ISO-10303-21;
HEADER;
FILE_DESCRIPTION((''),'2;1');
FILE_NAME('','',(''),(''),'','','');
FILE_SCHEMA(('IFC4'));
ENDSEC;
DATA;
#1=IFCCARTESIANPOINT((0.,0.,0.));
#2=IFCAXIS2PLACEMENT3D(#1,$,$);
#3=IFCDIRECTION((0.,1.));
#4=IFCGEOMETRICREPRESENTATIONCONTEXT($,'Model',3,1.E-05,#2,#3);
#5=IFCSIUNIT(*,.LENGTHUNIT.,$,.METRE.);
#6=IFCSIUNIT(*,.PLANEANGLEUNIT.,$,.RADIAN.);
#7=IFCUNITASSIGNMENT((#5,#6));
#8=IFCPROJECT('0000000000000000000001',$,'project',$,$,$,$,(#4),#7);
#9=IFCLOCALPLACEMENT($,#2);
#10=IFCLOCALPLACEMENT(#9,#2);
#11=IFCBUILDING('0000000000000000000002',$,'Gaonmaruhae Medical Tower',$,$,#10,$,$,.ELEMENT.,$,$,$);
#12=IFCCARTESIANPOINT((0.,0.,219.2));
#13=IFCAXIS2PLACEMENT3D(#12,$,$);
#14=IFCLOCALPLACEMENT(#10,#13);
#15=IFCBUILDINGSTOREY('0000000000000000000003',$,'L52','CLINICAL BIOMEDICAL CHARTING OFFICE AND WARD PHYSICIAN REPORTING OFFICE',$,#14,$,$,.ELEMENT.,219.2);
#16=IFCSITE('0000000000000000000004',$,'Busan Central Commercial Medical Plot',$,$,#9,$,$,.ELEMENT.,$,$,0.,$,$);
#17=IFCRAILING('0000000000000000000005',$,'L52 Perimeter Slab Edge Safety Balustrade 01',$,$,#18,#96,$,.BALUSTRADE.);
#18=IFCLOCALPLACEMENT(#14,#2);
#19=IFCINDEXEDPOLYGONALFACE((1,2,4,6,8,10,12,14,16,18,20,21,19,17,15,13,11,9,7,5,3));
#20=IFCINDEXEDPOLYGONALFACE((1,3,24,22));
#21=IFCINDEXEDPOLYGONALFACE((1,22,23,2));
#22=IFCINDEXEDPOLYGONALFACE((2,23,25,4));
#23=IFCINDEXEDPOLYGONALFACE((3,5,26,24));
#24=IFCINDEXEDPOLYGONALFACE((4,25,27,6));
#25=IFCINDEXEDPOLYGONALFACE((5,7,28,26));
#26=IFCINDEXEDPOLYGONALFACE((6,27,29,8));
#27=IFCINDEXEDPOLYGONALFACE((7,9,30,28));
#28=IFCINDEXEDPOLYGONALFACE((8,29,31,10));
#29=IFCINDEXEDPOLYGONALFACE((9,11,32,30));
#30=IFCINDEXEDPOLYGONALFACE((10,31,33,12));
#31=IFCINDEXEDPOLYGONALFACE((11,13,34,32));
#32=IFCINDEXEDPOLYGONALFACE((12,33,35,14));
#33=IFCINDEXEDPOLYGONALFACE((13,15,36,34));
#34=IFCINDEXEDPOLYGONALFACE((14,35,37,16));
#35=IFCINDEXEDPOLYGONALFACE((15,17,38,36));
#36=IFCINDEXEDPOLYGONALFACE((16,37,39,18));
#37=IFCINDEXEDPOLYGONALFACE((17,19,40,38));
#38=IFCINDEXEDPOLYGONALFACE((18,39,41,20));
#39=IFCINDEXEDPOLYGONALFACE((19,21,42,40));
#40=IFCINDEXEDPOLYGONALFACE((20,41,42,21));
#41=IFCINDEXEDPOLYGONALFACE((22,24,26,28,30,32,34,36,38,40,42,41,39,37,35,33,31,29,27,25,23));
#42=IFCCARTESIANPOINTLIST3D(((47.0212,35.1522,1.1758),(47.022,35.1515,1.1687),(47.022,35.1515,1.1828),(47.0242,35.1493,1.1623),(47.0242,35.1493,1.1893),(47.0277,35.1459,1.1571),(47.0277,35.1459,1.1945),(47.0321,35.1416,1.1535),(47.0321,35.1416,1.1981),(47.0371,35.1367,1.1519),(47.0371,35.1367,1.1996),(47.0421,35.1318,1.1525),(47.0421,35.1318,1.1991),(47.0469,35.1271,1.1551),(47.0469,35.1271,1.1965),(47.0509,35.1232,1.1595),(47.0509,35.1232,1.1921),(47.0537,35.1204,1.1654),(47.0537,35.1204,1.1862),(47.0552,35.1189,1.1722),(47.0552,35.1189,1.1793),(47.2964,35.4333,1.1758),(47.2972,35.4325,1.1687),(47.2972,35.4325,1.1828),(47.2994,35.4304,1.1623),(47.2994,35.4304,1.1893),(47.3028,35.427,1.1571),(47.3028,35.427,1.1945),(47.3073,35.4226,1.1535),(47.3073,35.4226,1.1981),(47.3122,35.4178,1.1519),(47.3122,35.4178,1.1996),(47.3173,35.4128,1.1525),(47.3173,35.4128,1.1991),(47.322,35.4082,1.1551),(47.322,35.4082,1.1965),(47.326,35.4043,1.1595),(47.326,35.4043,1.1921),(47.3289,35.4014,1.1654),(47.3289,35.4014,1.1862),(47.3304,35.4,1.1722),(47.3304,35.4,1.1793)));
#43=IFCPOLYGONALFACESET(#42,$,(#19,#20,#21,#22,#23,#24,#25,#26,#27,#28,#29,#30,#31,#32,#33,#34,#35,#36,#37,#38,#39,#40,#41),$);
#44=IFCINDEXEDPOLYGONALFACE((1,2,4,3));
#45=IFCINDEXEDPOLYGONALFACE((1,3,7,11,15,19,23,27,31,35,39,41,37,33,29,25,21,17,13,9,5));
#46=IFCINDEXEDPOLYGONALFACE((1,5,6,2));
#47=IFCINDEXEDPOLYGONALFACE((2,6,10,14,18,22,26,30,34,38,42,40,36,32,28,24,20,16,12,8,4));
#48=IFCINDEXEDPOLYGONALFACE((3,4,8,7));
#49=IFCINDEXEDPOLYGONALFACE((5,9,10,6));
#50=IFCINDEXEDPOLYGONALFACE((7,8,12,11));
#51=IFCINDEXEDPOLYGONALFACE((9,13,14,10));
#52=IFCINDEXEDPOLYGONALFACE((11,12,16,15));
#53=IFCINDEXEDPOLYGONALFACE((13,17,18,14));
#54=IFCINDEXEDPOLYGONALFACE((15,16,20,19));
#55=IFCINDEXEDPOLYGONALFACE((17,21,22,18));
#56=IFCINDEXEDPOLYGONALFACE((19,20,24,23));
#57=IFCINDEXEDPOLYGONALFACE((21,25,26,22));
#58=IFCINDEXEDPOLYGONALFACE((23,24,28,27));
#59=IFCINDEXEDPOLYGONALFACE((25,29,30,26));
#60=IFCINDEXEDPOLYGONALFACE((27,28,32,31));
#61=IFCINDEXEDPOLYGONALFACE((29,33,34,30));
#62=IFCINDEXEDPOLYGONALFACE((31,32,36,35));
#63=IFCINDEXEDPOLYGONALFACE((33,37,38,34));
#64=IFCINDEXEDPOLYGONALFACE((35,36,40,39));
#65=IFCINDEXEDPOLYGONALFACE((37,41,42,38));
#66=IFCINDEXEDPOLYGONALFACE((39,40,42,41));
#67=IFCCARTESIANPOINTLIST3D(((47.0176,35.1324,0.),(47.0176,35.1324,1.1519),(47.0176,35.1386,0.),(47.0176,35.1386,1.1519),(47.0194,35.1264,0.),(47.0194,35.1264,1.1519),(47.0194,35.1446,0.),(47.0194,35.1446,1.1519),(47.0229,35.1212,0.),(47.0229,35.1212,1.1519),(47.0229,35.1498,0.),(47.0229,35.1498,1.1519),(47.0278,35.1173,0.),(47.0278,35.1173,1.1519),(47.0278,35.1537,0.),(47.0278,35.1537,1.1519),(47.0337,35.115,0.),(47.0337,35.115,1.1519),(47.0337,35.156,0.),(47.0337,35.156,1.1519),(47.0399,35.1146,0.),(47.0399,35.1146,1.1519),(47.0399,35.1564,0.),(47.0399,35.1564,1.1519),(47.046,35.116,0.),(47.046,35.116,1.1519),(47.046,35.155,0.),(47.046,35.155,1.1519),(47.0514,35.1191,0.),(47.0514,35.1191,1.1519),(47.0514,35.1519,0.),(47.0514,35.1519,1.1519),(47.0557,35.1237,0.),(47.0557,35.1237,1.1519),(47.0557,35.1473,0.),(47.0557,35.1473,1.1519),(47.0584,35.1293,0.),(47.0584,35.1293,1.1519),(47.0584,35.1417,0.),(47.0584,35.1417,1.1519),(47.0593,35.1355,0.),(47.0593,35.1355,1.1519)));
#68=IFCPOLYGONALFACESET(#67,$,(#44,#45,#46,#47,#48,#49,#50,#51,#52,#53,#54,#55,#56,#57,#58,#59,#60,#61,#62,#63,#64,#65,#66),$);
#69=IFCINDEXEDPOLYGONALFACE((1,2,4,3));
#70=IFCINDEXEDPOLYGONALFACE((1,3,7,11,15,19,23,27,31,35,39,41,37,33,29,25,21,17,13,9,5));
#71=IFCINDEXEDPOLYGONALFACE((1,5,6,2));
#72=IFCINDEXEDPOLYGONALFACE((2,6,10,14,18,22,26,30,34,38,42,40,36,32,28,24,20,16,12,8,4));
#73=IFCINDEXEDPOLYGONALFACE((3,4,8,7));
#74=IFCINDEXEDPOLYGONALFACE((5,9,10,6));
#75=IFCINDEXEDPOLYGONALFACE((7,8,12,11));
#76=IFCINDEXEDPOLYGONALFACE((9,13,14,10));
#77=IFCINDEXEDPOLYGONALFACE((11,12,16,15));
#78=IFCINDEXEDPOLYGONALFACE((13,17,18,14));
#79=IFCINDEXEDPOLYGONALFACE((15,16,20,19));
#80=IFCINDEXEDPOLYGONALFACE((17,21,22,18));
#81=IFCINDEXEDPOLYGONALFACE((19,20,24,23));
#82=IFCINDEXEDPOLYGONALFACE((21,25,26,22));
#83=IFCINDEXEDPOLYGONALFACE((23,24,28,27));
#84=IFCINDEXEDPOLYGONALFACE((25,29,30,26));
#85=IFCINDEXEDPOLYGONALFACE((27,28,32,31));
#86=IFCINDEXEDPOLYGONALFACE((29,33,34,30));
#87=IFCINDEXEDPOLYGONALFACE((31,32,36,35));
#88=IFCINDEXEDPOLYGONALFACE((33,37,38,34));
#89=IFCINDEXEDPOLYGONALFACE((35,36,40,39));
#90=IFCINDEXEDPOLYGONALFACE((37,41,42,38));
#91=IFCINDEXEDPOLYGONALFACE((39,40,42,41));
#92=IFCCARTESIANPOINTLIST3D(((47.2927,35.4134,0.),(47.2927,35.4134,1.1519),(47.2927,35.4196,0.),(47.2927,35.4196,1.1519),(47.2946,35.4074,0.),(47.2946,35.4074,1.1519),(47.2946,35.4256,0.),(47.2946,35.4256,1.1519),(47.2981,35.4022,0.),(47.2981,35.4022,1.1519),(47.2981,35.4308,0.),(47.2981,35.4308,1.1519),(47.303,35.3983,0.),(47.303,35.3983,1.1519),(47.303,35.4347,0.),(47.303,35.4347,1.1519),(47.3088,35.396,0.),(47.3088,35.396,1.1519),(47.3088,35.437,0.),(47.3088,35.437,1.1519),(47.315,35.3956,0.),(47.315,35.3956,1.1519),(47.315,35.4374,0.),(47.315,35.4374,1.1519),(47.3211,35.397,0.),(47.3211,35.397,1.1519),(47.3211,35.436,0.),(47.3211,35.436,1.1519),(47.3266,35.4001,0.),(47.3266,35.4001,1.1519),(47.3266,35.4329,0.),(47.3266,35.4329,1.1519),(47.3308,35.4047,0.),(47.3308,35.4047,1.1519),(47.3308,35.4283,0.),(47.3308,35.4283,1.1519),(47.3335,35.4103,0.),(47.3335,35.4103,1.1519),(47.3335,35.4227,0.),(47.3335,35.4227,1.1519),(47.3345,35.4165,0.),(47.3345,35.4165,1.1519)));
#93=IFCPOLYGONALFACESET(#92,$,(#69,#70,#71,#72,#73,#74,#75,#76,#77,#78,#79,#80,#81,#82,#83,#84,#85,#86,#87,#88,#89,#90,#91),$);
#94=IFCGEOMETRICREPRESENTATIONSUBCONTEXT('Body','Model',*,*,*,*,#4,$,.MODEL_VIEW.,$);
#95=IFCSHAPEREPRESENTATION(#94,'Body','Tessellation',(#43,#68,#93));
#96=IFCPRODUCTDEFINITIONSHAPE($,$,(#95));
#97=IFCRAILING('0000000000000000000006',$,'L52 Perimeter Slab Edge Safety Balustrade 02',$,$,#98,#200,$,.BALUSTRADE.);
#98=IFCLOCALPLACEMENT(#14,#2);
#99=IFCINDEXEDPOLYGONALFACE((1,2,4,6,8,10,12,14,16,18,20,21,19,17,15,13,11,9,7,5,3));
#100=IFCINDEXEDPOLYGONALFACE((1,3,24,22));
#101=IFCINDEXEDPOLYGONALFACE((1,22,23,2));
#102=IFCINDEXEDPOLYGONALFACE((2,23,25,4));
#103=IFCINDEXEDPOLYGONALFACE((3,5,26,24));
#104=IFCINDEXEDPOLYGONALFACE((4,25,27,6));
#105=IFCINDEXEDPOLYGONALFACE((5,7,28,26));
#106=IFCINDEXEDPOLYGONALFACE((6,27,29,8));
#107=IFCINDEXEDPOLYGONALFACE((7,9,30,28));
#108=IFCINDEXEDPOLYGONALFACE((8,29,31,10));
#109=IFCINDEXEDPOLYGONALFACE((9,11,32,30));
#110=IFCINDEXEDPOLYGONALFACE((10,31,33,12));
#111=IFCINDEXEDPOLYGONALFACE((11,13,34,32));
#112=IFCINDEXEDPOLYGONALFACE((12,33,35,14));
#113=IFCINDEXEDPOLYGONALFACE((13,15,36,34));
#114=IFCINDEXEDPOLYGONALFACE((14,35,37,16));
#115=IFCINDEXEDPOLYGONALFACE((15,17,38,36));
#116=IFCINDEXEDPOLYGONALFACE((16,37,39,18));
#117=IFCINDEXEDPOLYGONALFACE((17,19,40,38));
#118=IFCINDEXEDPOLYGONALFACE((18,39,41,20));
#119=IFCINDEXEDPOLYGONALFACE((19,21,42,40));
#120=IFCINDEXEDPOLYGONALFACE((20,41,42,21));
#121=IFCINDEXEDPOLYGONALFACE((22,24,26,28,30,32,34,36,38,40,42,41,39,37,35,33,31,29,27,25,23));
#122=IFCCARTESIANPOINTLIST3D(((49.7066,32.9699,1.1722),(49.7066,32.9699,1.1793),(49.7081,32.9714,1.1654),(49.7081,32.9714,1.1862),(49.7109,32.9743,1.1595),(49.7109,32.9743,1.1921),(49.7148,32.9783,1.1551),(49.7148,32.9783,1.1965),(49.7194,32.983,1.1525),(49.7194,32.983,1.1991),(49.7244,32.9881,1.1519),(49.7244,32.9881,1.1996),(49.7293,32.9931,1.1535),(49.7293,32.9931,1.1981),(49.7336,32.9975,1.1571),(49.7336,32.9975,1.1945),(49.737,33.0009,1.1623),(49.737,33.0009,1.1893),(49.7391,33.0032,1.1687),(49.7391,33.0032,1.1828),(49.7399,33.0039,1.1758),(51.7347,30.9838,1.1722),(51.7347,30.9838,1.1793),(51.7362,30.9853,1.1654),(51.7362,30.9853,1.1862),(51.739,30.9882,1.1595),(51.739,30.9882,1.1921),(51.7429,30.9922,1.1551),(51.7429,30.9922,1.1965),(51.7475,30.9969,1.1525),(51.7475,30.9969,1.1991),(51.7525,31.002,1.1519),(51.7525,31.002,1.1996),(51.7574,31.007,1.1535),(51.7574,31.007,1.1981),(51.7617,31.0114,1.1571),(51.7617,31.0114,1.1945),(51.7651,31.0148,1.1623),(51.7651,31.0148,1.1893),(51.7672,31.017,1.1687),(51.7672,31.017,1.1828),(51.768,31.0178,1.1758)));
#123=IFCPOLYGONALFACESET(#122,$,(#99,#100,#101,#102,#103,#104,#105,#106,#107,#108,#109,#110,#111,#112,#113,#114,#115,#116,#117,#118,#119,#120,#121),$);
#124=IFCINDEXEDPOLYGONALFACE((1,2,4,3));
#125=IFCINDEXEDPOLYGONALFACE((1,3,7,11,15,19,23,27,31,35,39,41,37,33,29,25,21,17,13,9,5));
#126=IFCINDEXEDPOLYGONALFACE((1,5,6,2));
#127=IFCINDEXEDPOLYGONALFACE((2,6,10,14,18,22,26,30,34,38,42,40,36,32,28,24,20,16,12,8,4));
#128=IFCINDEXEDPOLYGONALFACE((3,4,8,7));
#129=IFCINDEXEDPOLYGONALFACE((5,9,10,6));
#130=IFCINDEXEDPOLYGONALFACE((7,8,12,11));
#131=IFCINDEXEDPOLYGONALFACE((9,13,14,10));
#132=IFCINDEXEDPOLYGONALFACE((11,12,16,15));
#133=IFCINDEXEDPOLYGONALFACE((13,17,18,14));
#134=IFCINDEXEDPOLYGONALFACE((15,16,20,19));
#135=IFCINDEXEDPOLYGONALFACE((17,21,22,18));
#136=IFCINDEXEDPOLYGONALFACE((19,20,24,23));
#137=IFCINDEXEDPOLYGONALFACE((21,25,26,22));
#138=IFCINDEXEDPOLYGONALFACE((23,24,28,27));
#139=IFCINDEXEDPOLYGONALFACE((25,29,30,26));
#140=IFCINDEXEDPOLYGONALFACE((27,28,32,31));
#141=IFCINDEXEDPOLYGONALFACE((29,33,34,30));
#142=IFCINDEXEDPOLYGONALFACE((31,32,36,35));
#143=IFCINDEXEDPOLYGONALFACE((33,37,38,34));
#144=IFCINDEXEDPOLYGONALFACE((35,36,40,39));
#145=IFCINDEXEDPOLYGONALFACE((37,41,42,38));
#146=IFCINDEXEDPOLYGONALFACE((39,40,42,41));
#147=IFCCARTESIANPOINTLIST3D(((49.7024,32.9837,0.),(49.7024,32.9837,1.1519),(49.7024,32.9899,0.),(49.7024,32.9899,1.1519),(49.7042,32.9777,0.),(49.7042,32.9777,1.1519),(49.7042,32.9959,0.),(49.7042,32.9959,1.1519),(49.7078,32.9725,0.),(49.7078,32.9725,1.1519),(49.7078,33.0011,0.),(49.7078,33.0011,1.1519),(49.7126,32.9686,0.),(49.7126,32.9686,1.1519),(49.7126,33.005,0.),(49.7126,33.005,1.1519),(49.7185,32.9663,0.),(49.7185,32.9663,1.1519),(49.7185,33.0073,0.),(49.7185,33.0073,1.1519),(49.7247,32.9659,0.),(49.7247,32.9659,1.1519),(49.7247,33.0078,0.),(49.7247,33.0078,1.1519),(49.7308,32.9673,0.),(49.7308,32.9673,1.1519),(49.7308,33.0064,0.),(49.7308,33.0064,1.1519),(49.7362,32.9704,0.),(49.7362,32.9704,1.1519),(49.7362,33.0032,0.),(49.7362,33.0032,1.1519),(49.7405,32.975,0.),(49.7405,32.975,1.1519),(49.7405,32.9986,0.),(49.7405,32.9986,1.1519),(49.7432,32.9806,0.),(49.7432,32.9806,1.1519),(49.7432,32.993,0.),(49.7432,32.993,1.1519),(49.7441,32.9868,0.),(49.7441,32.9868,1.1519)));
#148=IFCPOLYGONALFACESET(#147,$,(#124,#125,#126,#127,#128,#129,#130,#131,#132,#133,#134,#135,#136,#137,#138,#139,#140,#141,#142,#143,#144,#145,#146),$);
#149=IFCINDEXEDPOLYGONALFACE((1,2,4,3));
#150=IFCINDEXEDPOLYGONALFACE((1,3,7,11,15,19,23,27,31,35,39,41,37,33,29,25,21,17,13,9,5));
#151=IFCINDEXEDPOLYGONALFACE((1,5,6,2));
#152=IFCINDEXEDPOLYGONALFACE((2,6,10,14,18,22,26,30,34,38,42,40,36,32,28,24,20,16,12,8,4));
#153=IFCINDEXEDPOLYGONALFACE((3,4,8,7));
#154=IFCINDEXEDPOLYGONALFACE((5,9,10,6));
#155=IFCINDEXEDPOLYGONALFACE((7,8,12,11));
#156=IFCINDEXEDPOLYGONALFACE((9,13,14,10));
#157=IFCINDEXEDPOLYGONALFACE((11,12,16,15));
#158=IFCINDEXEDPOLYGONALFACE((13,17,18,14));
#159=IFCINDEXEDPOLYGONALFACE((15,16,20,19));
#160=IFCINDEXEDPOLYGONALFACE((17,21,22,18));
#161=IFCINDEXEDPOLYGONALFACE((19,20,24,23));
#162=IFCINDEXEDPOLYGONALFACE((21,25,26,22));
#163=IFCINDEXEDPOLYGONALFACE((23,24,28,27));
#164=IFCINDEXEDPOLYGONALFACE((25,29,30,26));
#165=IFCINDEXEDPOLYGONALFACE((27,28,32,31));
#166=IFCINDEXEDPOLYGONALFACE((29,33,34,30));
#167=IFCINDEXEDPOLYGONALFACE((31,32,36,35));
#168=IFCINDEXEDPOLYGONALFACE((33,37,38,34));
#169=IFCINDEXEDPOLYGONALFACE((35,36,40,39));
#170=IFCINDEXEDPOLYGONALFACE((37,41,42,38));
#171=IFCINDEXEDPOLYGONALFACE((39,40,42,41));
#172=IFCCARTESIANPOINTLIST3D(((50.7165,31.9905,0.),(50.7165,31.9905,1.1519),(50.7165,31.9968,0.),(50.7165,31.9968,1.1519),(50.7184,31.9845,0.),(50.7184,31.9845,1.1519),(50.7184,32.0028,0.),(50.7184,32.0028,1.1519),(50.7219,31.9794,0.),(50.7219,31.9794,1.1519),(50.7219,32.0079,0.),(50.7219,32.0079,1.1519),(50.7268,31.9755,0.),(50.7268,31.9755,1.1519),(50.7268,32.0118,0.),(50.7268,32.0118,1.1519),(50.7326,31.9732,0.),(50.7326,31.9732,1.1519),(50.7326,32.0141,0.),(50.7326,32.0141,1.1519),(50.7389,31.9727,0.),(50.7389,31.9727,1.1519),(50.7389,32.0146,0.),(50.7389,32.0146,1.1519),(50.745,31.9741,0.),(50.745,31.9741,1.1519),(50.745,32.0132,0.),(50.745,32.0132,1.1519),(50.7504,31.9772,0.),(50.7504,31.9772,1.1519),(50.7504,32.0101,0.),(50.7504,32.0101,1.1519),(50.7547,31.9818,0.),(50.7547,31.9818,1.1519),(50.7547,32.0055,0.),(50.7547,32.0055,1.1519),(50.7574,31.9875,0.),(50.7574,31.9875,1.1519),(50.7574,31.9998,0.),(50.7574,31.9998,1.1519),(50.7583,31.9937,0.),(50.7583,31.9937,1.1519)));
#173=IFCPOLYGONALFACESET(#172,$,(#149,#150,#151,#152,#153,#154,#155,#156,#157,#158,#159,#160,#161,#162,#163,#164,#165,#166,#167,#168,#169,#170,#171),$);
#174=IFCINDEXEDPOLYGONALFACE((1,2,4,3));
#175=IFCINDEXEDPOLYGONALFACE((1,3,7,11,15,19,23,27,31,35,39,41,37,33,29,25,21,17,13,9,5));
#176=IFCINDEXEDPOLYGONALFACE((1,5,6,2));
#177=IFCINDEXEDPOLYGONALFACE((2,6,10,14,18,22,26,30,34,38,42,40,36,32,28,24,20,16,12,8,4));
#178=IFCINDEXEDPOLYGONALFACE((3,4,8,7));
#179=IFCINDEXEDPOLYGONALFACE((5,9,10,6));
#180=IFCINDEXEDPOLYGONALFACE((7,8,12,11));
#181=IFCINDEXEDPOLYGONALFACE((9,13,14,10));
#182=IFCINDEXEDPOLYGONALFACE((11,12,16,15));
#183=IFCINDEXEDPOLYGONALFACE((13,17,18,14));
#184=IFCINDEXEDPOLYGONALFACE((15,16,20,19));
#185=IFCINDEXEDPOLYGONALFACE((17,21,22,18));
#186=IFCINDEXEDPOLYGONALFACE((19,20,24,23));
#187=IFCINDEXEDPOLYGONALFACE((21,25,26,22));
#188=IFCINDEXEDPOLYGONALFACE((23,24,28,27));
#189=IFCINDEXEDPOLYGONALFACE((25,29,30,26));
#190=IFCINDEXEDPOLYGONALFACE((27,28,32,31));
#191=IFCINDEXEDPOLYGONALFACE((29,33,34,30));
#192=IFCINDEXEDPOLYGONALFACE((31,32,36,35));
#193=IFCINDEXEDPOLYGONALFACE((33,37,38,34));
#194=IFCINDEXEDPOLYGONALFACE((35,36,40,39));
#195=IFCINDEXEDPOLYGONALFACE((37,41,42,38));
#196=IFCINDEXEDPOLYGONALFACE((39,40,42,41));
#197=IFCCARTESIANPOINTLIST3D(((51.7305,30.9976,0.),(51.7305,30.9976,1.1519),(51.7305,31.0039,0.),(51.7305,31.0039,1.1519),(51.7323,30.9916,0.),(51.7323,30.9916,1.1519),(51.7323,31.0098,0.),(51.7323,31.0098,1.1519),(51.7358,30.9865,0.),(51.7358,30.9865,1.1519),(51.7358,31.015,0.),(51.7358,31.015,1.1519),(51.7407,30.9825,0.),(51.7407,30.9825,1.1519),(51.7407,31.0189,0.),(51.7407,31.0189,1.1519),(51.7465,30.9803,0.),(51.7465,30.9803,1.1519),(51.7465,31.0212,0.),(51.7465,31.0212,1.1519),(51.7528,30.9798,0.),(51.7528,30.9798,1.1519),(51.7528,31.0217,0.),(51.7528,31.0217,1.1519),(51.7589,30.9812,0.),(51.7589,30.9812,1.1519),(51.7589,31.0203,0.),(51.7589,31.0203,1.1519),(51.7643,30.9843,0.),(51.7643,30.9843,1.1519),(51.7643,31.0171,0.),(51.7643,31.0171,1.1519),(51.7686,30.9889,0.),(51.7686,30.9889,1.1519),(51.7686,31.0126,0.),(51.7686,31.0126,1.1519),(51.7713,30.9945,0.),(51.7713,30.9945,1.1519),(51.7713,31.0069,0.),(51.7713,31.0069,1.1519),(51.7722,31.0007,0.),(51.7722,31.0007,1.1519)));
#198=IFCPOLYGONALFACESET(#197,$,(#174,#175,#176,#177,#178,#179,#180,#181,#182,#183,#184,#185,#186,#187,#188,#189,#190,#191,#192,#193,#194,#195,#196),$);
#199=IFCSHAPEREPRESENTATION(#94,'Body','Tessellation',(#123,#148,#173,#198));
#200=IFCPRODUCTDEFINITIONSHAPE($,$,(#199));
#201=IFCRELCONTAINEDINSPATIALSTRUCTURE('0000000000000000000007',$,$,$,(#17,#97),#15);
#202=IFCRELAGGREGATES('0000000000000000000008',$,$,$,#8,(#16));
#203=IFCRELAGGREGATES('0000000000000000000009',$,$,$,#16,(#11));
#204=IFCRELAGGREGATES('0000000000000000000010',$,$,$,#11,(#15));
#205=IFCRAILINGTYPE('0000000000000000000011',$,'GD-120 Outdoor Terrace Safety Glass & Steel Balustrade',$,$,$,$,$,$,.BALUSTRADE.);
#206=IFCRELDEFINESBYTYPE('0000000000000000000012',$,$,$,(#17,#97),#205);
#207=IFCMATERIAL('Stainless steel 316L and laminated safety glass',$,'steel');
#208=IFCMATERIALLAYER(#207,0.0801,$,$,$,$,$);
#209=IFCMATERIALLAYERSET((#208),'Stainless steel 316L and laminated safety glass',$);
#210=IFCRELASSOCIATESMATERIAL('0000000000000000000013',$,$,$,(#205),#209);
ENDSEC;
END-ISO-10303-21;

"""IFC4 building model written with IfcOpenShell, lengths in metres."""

from ifc_helpers import new_model, si_unit, direction, frame, origin, origin_2d, place, context, subcontext, project, spatial, circle, extrude, material, layer, layer_set, type_object, element, save


model = new_model("IFC4")

# Units and contexts
model_context = context("Model", 3, precision=1e-05, world=origin(), true_north=direction((0.0, 1.0)))
body_context = subcontext(model_context, "Body", "Model", "MODEL_VIEW")
ifc_project = project(units=[si_unit("LENGTHUNIT", "METRE"), si_unit("PLANEANGLEUNIT", "RADIAN")], contexts=[model_context])

# Site, building, storey
site_placement = place(None, origin())
site = spatial("IfcSite", under=ifc_project, at=site_placement, Name="Busan Central Commercial Medical Plot", CompositionType="ELEMENT", RefElevation=0.0)
building_placement = place(site_placement, origin())
building = spatial("IfcBuilding", under=site, at=building_placement, Name="Gaonmaruhae Medical Tower", CompositionType="ELEMENT")
storey_placement = place(building_placement, frame((0.0, 0.0, 219.2)))
storey = spatial("IfcBuildingStorey", under=building, at=storey_placement, Name="L52", Description="CLINICAL BIOMEDICAL CHARTING OFFICE AND WARD PHYSICIAN REPORTING OFFICE", CompositionType="ELEMENT", Elevation=219.2)

# Railings
ifc_material_1 = material(Name="Stainless steel 316L and laminated safety glass", Category="steel")
ifc_layer_1 = layer(ifc_material_1, 0.0801)
ifc_layer_set_1 = layer_set([ifc_layer_1], Name="Stainless steel 316L and laminated safety glass")
railing_type = type_object("IfcRailingType", Name="GD-120 Outdoor Terrace Safety Glass & Steel Balustrade", PredefinedType="BALUSTRADE", material=ifc_layer_set_1)
railing_1_placement = place(storey_placement, frame((47.0383, 35.1355, 0.0)))
element("IfcRailing", 1, at=railing_1_placement, inside=storey, type_object=railing_type, Name="L52 Perimeter Slab Edge Safety Balustrade 01", PredefinedType="BALUSTRADE", context=body_context, shape_type="SweptSolid", body=[
    extrude(circle(Radius=0.0239, at=origin_2d()), frame((0.0, 0.0, 1.1758), z_axis=(0.699618, 0.714517, 0.0), x_axis=(-0.714517, 0.699618, 0.0)), (0.0, 0.0, 1.0), 0.3933),
    extrude(circle(Radius=0.021, at=origin_2d()), origin(), (0.0, 0.0, 1.0), 1.1519),
    extrude(circle(Radius=0.021, at=origin_2d()), frame((0.2751, 0.281, 0.0)), (0.0, 0.0, 1.0), 1.1519),
])
railing_2_placement = place(storey_placement, frame((49.7231, 32.9868, 0.0)))
element("IfcRailing", 2, at=railing_2_placement, inside=storey, type_object=railing_type, Name="L52 Perimeter Slab Edge Safety Balustrade 02", PredefinedType="BALUSTRADE", context=body_context, shape_type="SweptSolid", body=[
    extrude(circle(Radius=0.0239, at=origin_2d()), frame((0.0, 0.0, 1.1758), z_axis=(0.714465, -0.699671, 0.0), x_axis=(0.699671, 0.714465, 0.0)), (0.0, 0.0, 1.0), 2.8386),
    extrude(circle(Radius=0.021, at=origin_2d()), origin(), (0.0, 0.0, 1.0), 1.1519),
    extrude(circle(Radius=0.021, at=origin_2d()), frame((1.0142, -0.9932, 0.0)), (0.0, 0.0, 1.0), 1.1519),
    extrude(circle(Radius=0.021, at=origin_2d()), frame((2.0281, -1.9861, 0.0)), (0.0, 0.0, 1.0), 1.1519),
])

save(model, "model.ifc")
